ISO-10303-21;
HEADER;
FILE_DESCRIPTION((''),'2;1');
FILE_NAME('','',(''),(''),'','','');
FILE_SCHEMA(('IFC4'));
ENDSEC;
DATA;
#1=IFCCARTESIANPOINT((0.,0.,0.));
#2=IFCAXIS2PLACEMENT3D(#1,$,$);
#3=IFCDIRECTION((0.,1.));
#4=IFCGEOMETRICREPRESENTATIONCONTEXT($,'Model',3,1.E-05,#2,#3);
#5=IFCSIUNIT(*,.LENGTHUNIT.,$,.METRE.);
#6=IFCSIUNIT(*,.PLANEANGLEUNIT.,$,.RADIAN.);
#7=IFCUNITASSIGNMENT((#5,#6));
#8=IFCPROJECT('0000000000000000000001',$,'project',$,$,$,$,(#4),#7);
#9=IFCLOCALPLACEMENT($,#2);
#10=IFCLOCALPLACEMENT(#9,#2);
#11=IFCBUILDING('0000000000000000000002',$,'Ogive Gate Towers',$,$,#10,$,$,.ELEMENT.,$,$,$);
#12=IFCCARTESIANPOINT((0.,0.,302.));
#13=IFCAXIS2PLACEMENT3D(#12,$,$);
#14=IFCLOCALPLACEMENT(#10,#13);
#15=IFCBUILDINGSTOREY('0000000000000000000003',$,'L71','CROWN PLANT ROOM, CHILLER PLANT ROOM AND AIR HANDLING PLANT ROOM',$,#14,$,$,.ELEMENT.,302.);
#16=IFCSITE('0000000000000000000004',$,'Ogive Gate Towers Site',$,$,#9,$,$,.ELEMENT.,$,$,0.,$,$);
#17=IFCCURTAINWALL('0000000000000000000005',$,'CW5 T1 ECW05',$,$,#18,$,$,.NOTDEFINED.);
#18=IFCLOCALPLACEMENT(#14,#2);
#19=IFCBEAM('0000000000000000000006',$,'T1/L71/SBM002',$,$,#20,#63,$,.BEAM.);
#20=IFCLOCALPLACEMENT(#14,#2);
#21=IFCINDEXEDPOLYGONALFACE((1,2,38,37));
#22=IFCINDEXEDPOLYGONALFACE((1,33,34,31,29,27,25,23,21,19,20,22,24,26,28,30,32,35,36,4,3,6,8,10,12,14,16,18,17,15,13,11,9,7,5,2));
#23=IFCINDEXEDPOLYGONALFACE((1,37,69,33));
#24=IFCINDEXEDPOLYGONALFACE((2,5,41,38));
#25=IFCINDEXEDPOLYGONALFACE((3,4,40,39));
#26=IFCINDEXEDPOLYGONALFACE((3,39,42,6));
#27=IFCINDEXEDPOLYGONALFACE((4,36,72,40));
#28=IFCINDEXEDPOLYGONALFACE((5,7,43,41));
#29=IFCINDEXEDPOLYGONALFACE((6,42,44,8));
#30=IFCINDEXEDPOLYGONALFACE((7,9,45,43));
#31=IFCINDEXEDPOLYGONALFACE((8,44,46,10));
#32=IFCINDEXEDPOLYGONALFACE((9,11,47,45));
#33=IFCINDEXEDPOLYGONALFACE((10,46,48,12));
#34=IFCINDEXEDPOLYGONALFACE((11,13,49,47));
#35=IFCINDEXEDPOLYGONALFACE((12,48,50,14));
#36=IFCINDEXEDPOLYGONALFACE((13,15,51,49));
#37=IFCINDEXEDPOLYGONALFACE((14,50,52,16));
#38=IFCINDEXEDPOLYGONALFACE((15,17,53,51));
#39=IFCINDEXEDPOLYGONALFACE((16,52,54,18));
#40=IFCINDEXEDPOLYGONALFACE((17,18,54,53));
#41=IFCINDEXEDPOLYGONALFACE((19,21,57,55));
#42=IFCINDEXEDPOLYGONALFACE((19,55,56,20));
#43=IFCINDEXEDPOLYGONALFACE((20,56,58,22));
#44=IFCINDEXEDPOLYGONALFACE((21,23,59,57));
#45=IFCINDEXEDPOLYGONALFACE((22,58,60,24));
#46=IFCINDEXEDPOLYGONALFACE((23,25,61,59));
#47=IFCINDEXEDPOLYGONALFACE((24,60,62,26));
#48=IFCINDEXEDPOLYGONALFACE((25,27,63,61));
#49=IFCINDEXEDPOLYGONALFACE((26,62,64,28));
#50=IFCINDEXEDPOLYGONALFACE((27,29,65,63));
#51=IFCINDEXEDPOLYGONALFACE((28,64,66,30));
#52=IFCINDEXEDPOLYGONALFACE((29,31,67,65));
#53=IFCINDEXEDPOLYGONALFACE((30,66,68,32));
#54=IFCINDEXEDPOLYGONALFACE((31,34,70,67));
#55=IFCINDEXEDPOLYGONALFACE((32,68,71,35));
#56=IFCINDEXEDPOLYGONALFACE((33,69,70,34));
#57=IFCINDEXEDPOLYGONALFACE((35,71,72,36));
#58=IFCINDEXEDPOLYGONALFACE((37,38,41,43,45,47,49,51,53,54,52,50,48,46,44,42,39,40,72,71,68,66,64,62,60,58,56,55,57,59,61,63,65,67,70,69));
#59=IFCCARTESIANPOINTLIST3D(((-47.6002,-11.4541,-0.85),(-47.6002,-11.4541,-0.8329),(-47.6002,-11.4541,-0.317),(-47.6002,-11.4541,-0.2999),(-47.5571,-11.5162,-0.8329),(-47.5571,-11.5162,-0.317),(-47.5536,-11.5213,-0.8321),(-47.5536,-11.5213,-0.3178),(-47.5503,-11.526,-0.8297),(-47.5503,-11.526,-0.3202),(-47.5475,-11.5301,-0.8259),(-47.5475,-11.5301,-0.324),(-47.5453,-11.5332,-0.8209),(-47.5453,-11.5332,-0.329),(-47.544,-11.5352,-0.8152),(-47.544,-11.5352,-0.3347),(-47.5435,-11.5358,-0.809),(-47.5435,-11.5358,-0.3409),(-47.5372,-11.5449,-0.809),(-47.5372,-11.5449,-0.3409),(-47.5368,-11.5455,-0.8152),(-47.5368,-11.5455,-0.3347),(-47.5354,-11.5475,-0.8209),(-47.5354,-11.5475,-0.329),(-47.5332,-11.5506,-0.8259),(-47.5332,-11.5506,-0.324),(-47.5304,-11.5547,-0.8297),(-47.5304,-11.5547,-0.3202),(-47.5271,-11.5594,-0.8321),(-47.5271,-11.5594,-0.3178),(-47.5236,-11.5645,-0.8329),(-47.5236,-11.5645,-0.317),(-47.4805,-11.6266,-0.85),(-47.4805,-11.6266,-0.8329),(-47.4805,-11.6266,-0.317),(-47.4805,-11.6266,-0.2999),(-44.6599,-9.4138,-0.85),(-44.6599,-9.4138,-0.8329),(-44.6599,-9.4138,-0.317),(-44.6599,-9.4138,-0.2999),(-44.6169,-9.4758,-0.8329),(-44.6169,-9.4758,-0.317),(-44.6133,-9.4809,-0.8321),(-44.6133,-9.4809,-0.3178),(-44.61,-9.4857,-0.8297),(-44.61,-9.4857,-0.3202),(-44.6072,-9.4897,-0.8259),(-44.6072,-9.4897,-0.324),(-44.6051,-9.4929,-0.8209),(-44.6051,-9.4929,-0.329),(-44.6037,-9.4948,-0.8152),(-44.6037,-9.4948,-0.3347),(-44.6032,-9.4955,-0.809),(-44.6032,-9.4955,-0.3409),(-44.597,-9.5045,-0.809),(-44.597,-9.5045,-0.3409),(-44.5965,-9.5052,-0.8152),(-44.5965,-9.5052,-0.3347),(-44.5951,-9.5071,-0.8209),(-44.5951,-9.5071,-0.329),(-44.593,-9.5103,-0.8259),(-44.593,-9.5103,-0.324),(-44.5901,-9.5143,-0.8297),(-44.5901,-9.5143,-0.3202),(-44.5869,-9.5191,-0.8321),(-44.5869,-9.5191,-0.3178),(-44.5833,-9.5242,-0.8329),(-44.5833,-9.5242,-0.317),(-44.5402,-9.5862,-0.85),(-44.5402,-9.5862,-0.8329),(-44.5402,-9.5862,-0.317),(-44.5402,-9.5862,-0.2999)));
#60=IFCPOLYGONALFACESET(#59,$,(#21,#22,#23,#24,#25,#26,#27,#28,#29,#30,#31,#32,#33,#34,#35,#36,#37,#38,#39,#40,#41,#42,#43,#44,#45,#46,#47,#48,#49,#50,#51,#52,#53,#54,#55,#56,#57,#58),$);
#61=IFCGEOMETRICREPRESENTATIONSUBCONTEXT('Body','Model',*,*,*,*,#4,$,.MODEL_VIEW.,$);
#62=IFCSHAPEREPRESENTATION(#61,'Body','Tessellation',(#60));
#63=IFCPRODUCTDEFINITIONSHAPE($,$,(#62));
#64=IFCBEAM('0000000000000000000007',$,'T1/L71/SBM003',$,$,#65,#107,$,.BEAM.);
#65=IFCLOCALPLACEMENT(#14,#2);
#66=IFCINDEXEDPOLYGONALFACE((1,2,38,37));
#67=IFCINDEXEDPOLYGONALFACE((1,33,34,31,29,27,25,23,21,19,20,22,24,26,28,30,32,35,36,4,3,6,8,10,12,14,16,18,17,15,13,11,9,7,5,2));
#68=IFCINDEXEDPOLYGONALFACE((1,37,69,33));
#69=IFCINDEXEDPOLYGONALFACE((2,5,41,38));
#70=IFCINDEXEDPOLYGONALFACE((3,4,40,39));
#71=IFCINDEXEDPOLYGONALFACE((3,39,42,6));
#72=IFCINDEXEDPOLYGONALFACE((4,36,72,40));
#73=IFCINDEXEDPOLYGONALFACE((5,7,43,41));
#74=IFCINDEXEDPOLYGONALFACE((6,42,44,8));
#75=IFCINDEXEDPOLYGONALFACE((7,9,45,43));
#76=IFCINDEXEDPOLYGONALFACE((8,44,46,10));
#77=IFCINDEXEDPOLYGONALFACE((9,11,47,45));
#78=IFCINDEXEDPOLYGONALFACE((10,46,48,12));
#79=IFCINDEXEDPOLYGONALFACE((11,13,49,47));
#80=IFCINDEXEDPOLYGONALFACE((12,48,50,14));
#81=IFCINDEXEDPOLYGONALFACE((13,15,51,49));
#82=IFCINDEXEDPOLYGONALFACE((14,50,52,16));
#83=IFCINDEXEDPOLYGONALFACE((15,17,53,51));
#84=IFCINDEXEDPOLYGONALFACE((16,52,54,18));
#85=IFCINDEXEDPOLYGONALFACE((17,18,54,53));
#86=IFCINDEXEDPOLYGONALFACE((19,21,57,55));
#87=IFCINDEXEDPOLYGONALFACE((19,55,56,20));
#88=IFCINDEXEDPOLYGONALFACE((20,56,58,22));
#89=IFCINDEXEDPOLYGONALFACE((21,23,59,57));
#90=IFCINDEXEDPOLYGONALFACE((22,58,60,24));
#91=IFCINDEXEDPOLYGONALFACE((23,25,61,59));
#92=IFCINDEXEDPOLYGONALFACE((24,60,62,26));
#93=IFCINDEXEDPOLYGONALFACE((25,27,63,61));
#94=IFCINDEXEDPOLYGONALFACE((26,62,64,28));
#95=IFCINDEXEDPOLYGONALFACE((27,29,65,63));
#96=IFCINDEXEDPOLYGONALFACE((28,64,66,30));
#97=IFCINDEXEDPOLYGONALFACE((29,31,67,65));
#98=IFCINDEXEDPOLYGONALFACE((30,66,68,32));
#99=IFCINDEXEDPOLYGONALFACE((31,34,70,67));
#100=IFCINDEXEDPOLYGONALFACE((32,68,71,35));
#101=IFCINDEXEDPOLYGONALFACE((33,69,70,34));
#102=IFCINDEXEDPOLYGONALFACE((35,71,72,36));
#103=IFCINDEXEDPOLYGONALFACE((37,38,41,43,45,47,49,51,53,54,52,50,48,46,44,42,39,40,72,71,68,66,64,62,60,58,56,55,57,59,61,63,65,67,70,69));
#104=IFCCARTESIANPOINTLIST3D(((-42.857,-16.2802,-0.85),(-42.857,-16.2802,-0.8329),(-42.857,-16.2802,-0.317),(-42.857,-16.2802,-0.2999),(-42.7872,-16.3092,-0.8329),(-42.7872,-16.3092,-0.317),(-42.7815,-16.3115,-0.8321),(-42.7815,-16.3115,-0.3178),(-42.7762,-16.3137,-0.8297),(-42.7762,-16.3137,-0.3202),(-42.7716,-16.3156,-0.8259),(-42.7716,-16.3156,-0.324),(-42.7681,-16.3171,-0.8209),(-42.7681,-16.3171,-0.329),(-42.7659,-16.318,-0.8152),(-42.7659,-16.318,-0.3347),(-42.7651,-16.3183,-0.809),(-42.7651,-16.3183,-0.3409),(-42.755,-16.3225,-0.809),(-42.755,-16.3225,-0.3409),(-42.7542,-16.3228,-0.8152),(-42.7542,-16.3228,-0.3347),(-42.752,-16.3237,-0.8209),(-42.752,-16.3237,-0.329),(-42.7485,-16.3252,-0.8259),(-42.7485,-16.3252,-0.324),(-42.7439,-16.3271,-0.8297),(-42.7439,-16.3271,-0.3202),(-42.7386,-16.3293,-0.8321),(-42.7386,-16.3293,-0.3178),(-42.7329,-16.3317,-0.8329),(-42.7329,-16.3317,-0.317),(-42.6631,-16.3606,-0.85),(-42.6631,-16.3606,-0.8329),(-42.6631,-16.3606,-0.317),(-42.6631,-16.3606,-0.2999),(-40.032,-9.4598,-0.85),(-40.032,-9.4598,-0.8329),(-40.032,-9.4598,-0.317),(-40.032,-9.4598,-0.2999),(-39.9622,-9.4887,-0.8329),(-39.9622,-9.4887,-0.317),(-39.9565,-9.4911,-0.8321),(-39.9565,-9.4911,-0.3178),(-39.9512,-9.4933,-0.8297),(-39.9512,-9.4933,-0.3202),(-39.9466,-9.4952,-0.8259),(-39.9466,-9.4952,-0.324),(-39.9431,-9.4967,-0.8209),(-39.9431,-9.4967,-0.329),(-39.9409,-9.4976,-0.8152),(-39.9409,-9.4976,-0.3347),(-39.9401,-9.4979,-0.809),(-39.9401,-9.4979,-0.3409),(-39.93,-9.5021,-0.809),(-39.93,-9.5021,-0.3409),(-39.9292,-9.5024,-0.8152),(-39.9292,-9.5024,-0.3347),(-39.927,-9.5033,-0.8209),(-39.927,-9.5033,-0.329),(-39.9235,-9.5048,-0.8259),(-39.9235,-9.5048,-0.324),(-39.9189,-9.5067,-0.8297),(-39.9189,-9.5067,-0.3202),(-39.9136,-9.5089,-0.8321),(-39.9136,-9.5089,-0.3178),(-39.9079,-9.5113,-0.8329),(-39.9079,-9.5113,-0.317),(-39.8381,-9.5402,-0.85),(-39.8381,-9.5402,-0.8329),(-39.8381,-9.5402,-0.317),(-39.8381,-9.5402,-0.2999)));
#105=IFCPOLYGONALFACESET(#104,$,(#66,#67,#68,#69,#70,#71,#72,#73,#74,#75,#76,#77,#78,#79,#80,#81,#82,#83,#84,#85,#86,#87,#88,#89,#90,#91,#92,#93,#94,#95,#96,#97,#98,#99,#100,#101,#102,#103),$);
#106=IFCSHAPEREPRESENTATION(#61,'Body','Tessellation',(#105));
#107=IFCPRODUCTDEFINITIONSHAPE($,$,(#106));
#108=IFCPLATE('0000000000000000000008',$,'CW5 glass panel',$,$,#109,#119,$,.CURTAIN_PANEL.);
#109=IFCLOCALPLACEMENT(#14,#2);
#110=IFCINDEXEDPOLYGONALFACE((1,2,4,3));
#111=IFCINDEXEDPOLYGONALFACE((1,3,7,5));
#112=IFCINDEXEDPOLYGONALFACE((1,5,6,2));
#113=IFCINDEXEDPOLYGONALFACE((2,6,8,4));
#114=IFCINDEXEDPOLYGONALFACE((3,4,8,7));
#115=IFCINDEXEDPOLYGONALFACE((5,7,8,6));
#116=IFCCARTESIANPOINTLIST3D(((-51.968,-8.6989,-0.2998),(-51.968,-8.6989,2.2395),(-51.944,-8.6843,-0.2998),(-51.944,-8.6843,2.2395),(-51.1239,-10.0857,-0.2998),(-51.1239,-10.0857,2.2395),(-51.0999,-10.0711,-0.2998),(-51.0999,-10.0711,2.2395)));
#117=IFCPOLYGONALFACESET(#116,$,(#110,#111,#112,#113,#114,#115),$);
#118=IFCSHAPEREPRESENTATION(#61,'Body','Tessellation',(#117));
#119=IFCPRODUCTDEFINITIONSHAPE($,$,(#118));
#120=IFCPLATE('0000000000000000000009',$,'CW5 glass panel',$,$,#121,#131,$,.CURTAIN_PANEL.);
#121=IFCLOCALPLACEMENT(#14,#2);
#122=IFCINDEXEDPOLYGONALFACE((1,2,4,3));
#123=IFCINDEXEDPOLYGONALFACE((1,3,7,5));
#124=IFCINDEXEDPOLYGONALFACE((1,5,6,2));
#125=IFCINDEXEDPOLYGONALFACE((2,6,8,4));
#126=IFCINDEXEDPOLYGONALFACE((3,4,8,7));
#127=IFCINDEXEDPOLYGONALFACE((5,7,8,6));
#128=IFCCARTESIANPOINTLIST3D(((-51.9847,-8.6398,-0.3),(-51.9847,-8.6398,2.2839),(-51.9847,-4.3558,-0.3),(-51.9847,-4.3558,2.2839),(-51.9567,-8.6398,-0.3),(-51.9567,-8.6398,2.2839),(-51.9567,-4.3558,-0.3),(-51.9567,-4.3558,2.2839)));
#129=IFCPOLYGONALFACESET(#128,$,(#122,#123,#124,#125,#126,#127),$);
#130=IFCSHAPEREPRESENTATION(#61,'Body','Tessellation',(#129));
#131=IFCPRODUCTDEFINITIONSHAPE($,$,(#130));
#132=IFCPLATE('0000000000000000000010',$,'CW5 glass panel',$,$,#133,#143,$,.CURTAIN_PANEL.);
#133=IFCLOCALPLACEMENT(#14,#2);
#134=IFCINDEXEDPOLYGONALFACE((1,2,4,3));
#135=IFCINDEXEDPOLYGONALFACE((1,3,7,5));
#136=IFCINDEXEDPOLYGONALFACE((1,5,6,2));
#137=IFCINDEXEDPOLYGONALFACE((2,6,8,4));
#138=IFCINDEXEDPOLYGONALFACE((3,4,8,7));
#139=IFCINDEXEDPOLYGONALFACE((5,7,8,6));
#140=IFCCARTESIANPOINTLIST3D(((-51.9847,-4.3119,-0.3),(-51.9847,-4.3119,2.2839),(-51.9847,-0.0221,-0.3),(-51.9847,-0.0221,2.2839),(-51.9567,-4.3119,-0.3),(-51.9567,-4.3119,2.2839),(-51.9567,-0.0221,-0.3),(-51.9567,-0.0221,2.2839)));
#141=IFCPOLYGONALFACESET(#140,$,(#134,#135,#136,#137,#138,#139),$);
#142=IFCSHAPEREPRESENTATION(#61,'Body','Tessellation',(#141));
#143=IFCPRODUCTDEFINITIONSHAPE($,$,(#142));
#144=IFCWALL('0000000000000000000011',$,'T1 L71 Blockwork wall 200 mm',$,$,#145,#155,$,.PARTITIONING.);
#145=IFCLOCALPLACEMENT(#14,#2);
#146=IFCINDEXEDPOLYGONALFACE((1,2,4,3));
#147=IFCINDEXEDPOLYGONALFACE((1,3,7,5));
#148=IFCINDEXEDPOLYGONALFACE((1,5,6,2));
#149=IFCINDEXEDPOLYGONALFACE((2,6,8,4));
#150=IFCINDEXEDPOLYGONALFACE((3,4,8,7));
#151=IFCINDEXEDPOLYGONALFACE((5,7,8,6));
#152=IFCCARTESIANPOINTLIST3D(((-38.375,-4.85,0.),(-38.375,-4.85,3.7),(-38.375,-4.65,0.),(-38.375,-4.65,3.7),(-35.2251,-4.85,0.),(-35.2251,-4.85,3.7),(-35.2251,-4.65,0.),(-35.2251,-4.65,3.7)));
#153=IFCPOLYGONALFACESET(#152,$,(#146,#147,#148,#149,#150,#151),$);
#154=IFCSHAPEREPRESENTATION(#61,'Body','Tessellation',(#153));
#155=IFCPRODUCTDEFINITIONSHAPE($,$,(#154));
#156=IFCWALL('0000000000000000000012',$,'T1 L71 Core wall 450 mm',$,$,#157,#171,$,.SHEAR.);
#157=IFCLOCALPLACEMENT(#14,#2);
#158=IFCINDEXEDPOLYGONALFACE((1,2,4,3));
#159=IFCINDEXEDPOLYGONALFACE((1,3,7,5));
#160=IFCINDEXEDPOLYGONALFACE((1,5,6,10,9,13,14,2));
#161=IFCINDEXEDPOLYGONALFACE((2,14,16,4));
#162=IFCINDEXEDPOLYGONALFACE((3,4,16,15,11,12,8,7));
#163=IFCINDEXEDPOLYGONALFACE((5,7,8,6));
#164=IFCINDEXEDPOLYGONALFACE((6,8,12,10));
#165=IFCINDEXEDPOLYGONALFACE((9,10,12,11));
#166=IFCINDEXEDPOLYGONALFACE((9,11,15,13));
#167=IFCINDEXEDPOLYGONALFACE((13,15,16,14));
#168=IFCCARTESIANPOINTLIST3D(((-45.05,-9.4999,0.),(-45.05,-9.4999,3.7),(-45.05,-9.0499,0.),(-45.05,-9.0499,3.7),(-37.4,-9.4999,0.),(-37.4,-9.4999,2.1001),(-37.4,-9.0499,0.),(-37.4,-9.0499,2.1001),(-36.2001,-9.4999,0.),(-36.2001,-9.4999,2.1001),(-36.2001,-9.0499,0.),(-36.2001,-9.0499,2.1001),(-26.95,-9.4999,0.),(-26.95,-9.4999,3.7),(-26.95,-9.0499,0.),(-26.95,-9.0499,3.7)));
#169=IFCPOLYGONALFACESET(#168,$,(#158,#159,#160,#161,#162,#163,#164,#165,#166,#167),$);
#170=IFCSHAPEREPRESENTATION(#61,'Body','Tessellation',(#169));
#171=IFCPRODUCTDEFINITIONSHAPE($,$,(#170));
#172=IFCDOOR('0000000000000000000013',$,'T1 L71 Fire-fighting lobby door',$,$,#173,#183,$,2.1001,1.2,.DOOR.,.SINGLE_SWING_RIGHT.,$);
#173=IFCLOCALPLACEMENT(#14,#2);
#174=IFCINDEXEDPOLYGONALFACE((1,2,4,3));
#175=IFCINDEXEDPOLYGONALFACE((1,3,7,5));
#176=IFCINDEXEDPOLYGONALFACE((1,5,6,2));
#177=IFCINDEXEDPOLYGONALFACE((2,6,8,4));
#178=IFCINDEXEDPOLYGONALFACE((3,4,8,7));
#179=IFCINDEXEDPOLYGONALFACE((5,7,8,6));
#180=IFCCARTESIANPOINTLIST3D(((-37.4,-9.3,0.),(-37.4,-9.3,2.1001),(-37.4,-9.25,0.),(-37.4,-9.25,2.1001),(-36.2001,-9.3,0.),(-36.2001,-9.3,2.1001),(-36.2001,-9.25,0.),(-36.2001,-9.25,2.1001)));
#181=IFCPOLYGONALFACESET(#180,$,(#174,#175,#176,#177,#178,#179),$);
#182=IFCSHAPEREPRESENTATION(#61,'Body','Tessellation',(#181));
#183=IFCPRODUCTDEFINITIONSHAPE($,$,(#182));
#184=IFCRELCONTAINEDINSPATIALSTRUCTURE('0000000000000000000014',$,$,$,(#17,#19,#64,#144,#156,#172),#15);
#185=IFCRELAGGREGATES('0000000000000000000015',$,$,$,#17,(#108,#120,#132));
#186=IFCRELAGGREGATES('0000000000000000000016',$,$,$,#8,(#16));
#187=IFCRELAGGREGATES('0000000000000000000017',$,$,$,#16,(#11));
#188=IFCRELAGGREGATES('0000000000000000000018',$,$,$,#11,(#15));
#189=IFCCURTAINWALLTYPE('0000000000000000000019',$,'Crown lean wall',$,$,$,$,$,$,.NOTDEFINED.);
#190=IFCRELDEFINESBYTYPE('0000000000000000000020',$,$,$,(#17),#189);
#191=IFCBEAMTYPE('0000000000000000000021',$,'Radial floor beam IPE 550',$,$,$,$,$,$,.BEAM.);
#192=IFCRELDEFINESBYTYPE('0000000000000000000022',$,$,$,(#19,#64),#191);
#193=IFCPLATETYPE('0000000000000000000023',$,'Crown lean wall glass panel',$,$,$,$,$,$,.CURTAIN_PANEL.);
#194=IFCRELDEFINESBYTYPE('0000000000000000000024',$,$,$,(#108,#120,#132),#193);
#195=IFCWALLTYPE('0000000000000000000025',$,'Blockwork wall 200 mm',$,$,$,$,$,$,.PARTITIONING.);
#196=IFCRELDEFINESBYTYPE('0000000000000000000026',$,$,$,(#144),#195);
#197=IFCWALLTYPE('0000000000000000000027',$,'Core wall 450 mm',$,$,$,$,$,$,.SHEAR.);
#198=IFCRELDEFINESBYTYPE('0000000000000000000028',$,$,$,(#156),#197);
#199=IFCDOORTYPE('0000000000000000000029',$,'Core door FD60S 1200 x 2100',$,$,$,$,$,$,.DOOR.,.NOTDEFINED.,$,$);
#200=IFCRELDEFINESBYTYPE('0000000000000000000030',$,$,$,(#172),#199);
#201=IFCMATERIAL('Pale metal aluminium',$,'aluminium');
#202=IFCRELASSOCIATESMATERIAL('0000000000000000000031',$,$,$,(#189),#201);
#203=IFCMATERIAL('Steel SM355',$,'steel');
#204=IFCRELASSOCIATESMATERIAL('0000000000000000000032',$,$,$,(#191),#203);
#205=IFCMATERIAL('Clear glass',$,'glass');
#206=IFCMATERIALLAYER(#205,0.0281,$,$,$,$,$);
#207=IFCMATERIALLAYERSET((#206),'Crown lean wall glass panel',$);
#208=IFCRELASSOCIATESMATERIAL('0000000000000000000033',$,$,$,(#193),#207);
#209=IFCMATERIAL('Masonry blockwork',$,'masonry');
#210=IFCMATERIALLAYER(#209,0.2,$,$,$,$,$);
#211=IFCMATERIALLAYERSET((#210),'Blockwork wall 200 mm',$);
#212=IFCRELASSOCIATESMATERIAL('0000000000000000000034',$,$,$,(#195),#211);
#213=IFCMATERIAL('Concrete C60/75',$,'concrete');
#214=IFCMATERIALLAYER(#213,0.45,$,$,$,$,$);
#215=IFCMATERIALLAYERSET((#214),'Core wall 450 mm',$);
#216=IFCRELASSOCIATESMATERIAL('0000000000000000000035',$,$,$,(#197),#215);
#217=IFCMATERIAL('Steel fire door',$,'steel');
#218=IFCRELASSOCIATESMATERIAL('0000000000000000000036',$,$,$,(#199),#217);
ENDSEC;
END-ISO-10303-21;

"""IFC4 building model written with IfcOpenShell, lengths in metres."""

from ifc_helpers import new_model, si_unit, direction, frame, frame_2d, origin, origin_2d, place, context, subcontext, project, spatial, rectangle, i_section, extrude, material, layer, layer_set, material_profile, profile_set, type_object, element, fill, aggregate, save


model = new_model("IFC4")

# Units and contexts
model_context = context("Model", 3, precision=1e-05, world=origin(), true_north=direction((0.0, 1.0)))
body_context = subcontext(model_context, "Body", "Model", "MODEL_VIEW")
ifc_project = project(units=[si_unit("LENGTHUNIT", "METRE"), si_unit("PLANEANGLEUNIT", "RADIAN")], contexts=[model_context])

# Site, building, storey
site_placement = place(None, origin())
site = spatial("IfcSite", under=ifc_project, at=site_placement, Name="Ogive Gate Towers Site", CompositionType="ELEMENT", RefElevation=0.0)
building_placement = place(site_placement, origin())
building = spatial("IfcBuilding", under=site, at=building_placement, Name="Ogive Gate Towers", CompositionType="ELEMENT")
storey_placement = place(building_placement, frame((0.0, 0.0, 302.0)))
storey = spatial("IfcBuildingStorey", under=building, at=storey_placement, Name="L71", Description="CROWN PLANT ROOM, CHILLER PLANT ROOM AND AIR HANDLING PLANT ROOM", CompositionType="ELEMENT", Elevation=302.0)

# Curtain wall
ifc_material_1 = material(Name="Pale metal aluminium", Category="aluminium")
curtain_wall_type = type_object("IfcCurtainWallType", Name="Crown lean wall", PredefinedType="NOTDEFINED", material=ifc_material_1)
curtain_wall_placement = place(storey_placement, origin())
curtain_wall = element("IfcCurtainWall", 1, at=curtain_wall_placement, inside=storey, type_object=curtain_wall_type, Name="CW5 T1 ECW05", PredefinedType="NOTDEFINED")

# Beams
ifc_material_2 = material(Name="Steel SM355", Category="steel")
ifc_material_profile_1 = material_profile(ifc_material_2, i_section(OverallWidth=0.21, OverallDepth=0.55, WebThickness=0.011, FlangeThickness=0.0171, FilletRadius=0.0239, at=origin_2d()), Name="IPE 550")
ifc_profile_set_1 = profile_set([ifc_material_profile_1], Name="Steel SM355")
beam_type_1 = type_object("IfcBeamType", Name="Radial floor beam IPE 550", PredefinedType="BEAM", material=ifc_profile_set_1)
beam_1_placement = place(storey_placement, frame((-44.6001, -9.5, -0.575), z_axis=(-0.821568, -0.570111, 0.0), x_axis=(0.570111, -0.821568, 0.0)))
element("IfcBeam", 2, at=beam_1_placement, inside=storey, type_object=beam_type_1, Name="T1/L71/SBM002", PredefinedType="BEAM", context=body_context, shape_type="SweptSolid", body=[
    extrude(i_section(OverallWidth=0.21, OverallDepth=0.55, WebThickness=0.011, FlangeThickness=0.0171, FilletRadius=0.0239, at=origin_2d()), origin(), (0.0, 0.0, 1.0), 3.5789),
])
beam_2_placement = place(storey_placement, frame((-39.9351, -9.5, -0.575), z_axis=(-0.38267, -0.923885, 0.0), x_axis=(0.923885, -0.38267, 0.0)))
element("IfcBeam", 3, at=beam_2_placement, inside=storey, type_object=beam_type_1, Name="T1/L71/SBM003", PredefinedType="BEAM", context=body_context, shape_type="SweptSolid", body=[
    extrude(i_section(OverallWidth=0.21, OverallDepth=0.55, WebThickness=0.011, FlangeThickness=0.0171, FilletRadius=0.0239, at=origin_2d()), origin(), (0.0, 0.0, 1.0), 7.3823),
])

# Plates
ifc_material_3 = material(Name="Clear glass", Category="glass")
ifc_layer_1 = layer(ifc_material_3, 0.0281)
ifc_layer_set_1 = layer_set([ifc_layer_1], Name="Crown lean wall glass panel")
plate_type = type_object("IfcPlateType", Name="Crown lean wall glass panel", PredefinedType="CURTAIN_PANEL", material=ifc_layer_set_1)
plate_1_placement = place(storey_placement, frame((-51.5339, -9.385, -0.2998), z_axis=(0.0, 0.0, 1.0), x_axis=(-0.519907, 0.854223, 0.0)))
plate_1 = element("IfcPlate", 4, at=plate_1_placement, type_object=plate_type, Name="CW5 glass panel", PredefinedType="CURTAIN_PANEL", context=body_context, shape_type="SweptSolid", body=[
    extrude(rectangle(XDim=1.6235, YDim=0.0281, at=origin_2d()), origin(), (0.0, 0.0, 1.0), 2.5393),
])
plate_2_placement = place(storey_placement, frame((-51.9707, -6.4978, -0.3), z_axis=(0.0, 0.0, 1.0), x_axis=(0.0, 1.0, 0.0)))
plate_2 = element("IfcPlate", 5, at=plate_2_placement, type_object=plate_type, Name="CW5 glass panel", PredefinedType="CURTAIN_PANEL", context=body_context, shape_type="SweptSolid", body=[
    extrude(rectangle(XDim=4.2839, YDim=0.0281, at=origin_2d()), origin(), (0.0, 0.0, 1.0), 2.584),
])
plate_3_placement = place(storey_placement, frame((-51.9707, -2.167, -0.3), z_axis=(0.0, 0.0, 1.0), x_axis=(0.0, 1.0, 0.0)))
plate_3 = element("IfcPlate", 6, at=plate_3_placement, type_object=plate_type, Name="CW5 glass panel", PredefinedType="CURTAIN_PANEL", context=body_context, shape_type="SweptSolid", body=[
    extrude(rectangle(XDim=4.2898, YDim=0.0281, at=origin_2d()), origin(), (0.0, 0.0, 1.0), 2.584),
])
aggregate(curtain_wall, [plate_1, plate_2, plate_3])

# Wall
ifc_material_4 = material(Name="Masonry blockwork", Category="masonry")
ifc_layer_2 = layer(ifc_material_4, 0.2)
ifc_layer_set_2 = layer_set([ifc_layer_2], Name="Blockwork wall 200 mm")
wall_type_1 = type_object("IfcWallType", Name="Blockwork wall 200 mm", PredefinedType="PARTITIONING", material=ifc_layer_set_2)
wall_1_placement = place(storey_placement, frame((-38.375, -4.75, 0.0), z_axis=(0.0, 0.0, 1.0), x_axis=(1.0, 0.0, 0.0)))
element("IfcWall", 7, at=wall_1_placement, inside=storey, type_object=wall_type_1, Name="T1 L71 Blockwork wall 200 mm", PredefinedType="PARTITIONING", context=body_context, shape_type="SweptSolid", body=[
    extrude(rectangle(XDim=3.1499, YDim=0.2, at=frame_2d((1.575, 0.0))), origin(), (0.0, 0.0, 1.0), 3.7),
])

# Wall, opening, door
ifc_material_5 = material(Name="Concrete C60/75", Category="concrete")
ifc_layer_3 = layer(ifc_material_5, 0.45)
ifc_layer_set_3 = layer_set([ifc_layer_3], Name="Core wall 450 mm")
wall_type_2 = type_object("IfcWallType", Name="Core wall 450 mm", PredefinedType="SHEAR", material=ifc_layer_set_3)
wall_2_placement = place(storey_placement, frame((-45.05, -9.2749, 0.0), z_axis=(0.0, 0.0, 1.0), x_axis=(1.0, 0.0, 0.0)))
wall_2 = element("IfcWall", 8, at=wall_2_placement, inside=storey, type_object=wall_type_2, Name="T1 L71 Core wall 450 mm", PredefinedType="SHEAR", context=body_context, shape_type="SweptSolid", body=[
    extrude(rectangle(XDim=18.1001, YDim=0.45, at=frame_2d((9.05, 0.0))), origin(), (0.0, 0.0, 1.0), 3.7),
])
opening_1_placement = place(wall_2_placement, frame((7.6499, 0.0, 0.0)))
opening_1 = element("IfcOpeningElement", 9, at=opening_1_placement, cuts=wall_2, PredefinedType="OPENING", context=body_context, shape_type="SweptSolid", body=[
    extrude(rectangle(XDim=1.2, YDim=2.1001, at=frame_2d((0.6001, 1.05))), frame((0.0, 0.2349, 0.0), z_axis=(0.0, -1.0, 0.0), x_axis=(1.0, 0.0, 0.0)), (0.0, 0.0, 1.0), 0.47),
])
ifc_material_6 = material(Name="Steel fire door", Category="steel")
door_type_1 = type_object("IfcDoorType", Name="Core door FD60S 1200 x 2100", OperationType="NOTDEFINED", PredefinedType="DOOR", material=ifc_material_6)
door_1_placement = place(opening_1_placement, origin())
door_1 = element("IfcDoor", 10, at=door_1_placement, inside=storey, type_object=door_type_1, Name="T1 L71 Fire-fighting lobby door", OperationType="SINGLE_SWING_RIGHT", OverallHeight=2.1001, OverallWidth=1.2, PredefinedType="DOOR", context=body_context, shape_type="SweptSolid", body=[
    extrude(rectangle(XDim=1.2, YDim=2.1001, at=frame_2d((0.6001, 1.05))), frame((0.0, 0.0249, 0.0), z_axis=(0.0, -1.0, 0.0), x_axis=(1.0, 0.0, 0.0)), (0.0, 0.0, 1.0), 0.05),
])
fill(opening_1, door_1)

save(model, "model.ifc")
